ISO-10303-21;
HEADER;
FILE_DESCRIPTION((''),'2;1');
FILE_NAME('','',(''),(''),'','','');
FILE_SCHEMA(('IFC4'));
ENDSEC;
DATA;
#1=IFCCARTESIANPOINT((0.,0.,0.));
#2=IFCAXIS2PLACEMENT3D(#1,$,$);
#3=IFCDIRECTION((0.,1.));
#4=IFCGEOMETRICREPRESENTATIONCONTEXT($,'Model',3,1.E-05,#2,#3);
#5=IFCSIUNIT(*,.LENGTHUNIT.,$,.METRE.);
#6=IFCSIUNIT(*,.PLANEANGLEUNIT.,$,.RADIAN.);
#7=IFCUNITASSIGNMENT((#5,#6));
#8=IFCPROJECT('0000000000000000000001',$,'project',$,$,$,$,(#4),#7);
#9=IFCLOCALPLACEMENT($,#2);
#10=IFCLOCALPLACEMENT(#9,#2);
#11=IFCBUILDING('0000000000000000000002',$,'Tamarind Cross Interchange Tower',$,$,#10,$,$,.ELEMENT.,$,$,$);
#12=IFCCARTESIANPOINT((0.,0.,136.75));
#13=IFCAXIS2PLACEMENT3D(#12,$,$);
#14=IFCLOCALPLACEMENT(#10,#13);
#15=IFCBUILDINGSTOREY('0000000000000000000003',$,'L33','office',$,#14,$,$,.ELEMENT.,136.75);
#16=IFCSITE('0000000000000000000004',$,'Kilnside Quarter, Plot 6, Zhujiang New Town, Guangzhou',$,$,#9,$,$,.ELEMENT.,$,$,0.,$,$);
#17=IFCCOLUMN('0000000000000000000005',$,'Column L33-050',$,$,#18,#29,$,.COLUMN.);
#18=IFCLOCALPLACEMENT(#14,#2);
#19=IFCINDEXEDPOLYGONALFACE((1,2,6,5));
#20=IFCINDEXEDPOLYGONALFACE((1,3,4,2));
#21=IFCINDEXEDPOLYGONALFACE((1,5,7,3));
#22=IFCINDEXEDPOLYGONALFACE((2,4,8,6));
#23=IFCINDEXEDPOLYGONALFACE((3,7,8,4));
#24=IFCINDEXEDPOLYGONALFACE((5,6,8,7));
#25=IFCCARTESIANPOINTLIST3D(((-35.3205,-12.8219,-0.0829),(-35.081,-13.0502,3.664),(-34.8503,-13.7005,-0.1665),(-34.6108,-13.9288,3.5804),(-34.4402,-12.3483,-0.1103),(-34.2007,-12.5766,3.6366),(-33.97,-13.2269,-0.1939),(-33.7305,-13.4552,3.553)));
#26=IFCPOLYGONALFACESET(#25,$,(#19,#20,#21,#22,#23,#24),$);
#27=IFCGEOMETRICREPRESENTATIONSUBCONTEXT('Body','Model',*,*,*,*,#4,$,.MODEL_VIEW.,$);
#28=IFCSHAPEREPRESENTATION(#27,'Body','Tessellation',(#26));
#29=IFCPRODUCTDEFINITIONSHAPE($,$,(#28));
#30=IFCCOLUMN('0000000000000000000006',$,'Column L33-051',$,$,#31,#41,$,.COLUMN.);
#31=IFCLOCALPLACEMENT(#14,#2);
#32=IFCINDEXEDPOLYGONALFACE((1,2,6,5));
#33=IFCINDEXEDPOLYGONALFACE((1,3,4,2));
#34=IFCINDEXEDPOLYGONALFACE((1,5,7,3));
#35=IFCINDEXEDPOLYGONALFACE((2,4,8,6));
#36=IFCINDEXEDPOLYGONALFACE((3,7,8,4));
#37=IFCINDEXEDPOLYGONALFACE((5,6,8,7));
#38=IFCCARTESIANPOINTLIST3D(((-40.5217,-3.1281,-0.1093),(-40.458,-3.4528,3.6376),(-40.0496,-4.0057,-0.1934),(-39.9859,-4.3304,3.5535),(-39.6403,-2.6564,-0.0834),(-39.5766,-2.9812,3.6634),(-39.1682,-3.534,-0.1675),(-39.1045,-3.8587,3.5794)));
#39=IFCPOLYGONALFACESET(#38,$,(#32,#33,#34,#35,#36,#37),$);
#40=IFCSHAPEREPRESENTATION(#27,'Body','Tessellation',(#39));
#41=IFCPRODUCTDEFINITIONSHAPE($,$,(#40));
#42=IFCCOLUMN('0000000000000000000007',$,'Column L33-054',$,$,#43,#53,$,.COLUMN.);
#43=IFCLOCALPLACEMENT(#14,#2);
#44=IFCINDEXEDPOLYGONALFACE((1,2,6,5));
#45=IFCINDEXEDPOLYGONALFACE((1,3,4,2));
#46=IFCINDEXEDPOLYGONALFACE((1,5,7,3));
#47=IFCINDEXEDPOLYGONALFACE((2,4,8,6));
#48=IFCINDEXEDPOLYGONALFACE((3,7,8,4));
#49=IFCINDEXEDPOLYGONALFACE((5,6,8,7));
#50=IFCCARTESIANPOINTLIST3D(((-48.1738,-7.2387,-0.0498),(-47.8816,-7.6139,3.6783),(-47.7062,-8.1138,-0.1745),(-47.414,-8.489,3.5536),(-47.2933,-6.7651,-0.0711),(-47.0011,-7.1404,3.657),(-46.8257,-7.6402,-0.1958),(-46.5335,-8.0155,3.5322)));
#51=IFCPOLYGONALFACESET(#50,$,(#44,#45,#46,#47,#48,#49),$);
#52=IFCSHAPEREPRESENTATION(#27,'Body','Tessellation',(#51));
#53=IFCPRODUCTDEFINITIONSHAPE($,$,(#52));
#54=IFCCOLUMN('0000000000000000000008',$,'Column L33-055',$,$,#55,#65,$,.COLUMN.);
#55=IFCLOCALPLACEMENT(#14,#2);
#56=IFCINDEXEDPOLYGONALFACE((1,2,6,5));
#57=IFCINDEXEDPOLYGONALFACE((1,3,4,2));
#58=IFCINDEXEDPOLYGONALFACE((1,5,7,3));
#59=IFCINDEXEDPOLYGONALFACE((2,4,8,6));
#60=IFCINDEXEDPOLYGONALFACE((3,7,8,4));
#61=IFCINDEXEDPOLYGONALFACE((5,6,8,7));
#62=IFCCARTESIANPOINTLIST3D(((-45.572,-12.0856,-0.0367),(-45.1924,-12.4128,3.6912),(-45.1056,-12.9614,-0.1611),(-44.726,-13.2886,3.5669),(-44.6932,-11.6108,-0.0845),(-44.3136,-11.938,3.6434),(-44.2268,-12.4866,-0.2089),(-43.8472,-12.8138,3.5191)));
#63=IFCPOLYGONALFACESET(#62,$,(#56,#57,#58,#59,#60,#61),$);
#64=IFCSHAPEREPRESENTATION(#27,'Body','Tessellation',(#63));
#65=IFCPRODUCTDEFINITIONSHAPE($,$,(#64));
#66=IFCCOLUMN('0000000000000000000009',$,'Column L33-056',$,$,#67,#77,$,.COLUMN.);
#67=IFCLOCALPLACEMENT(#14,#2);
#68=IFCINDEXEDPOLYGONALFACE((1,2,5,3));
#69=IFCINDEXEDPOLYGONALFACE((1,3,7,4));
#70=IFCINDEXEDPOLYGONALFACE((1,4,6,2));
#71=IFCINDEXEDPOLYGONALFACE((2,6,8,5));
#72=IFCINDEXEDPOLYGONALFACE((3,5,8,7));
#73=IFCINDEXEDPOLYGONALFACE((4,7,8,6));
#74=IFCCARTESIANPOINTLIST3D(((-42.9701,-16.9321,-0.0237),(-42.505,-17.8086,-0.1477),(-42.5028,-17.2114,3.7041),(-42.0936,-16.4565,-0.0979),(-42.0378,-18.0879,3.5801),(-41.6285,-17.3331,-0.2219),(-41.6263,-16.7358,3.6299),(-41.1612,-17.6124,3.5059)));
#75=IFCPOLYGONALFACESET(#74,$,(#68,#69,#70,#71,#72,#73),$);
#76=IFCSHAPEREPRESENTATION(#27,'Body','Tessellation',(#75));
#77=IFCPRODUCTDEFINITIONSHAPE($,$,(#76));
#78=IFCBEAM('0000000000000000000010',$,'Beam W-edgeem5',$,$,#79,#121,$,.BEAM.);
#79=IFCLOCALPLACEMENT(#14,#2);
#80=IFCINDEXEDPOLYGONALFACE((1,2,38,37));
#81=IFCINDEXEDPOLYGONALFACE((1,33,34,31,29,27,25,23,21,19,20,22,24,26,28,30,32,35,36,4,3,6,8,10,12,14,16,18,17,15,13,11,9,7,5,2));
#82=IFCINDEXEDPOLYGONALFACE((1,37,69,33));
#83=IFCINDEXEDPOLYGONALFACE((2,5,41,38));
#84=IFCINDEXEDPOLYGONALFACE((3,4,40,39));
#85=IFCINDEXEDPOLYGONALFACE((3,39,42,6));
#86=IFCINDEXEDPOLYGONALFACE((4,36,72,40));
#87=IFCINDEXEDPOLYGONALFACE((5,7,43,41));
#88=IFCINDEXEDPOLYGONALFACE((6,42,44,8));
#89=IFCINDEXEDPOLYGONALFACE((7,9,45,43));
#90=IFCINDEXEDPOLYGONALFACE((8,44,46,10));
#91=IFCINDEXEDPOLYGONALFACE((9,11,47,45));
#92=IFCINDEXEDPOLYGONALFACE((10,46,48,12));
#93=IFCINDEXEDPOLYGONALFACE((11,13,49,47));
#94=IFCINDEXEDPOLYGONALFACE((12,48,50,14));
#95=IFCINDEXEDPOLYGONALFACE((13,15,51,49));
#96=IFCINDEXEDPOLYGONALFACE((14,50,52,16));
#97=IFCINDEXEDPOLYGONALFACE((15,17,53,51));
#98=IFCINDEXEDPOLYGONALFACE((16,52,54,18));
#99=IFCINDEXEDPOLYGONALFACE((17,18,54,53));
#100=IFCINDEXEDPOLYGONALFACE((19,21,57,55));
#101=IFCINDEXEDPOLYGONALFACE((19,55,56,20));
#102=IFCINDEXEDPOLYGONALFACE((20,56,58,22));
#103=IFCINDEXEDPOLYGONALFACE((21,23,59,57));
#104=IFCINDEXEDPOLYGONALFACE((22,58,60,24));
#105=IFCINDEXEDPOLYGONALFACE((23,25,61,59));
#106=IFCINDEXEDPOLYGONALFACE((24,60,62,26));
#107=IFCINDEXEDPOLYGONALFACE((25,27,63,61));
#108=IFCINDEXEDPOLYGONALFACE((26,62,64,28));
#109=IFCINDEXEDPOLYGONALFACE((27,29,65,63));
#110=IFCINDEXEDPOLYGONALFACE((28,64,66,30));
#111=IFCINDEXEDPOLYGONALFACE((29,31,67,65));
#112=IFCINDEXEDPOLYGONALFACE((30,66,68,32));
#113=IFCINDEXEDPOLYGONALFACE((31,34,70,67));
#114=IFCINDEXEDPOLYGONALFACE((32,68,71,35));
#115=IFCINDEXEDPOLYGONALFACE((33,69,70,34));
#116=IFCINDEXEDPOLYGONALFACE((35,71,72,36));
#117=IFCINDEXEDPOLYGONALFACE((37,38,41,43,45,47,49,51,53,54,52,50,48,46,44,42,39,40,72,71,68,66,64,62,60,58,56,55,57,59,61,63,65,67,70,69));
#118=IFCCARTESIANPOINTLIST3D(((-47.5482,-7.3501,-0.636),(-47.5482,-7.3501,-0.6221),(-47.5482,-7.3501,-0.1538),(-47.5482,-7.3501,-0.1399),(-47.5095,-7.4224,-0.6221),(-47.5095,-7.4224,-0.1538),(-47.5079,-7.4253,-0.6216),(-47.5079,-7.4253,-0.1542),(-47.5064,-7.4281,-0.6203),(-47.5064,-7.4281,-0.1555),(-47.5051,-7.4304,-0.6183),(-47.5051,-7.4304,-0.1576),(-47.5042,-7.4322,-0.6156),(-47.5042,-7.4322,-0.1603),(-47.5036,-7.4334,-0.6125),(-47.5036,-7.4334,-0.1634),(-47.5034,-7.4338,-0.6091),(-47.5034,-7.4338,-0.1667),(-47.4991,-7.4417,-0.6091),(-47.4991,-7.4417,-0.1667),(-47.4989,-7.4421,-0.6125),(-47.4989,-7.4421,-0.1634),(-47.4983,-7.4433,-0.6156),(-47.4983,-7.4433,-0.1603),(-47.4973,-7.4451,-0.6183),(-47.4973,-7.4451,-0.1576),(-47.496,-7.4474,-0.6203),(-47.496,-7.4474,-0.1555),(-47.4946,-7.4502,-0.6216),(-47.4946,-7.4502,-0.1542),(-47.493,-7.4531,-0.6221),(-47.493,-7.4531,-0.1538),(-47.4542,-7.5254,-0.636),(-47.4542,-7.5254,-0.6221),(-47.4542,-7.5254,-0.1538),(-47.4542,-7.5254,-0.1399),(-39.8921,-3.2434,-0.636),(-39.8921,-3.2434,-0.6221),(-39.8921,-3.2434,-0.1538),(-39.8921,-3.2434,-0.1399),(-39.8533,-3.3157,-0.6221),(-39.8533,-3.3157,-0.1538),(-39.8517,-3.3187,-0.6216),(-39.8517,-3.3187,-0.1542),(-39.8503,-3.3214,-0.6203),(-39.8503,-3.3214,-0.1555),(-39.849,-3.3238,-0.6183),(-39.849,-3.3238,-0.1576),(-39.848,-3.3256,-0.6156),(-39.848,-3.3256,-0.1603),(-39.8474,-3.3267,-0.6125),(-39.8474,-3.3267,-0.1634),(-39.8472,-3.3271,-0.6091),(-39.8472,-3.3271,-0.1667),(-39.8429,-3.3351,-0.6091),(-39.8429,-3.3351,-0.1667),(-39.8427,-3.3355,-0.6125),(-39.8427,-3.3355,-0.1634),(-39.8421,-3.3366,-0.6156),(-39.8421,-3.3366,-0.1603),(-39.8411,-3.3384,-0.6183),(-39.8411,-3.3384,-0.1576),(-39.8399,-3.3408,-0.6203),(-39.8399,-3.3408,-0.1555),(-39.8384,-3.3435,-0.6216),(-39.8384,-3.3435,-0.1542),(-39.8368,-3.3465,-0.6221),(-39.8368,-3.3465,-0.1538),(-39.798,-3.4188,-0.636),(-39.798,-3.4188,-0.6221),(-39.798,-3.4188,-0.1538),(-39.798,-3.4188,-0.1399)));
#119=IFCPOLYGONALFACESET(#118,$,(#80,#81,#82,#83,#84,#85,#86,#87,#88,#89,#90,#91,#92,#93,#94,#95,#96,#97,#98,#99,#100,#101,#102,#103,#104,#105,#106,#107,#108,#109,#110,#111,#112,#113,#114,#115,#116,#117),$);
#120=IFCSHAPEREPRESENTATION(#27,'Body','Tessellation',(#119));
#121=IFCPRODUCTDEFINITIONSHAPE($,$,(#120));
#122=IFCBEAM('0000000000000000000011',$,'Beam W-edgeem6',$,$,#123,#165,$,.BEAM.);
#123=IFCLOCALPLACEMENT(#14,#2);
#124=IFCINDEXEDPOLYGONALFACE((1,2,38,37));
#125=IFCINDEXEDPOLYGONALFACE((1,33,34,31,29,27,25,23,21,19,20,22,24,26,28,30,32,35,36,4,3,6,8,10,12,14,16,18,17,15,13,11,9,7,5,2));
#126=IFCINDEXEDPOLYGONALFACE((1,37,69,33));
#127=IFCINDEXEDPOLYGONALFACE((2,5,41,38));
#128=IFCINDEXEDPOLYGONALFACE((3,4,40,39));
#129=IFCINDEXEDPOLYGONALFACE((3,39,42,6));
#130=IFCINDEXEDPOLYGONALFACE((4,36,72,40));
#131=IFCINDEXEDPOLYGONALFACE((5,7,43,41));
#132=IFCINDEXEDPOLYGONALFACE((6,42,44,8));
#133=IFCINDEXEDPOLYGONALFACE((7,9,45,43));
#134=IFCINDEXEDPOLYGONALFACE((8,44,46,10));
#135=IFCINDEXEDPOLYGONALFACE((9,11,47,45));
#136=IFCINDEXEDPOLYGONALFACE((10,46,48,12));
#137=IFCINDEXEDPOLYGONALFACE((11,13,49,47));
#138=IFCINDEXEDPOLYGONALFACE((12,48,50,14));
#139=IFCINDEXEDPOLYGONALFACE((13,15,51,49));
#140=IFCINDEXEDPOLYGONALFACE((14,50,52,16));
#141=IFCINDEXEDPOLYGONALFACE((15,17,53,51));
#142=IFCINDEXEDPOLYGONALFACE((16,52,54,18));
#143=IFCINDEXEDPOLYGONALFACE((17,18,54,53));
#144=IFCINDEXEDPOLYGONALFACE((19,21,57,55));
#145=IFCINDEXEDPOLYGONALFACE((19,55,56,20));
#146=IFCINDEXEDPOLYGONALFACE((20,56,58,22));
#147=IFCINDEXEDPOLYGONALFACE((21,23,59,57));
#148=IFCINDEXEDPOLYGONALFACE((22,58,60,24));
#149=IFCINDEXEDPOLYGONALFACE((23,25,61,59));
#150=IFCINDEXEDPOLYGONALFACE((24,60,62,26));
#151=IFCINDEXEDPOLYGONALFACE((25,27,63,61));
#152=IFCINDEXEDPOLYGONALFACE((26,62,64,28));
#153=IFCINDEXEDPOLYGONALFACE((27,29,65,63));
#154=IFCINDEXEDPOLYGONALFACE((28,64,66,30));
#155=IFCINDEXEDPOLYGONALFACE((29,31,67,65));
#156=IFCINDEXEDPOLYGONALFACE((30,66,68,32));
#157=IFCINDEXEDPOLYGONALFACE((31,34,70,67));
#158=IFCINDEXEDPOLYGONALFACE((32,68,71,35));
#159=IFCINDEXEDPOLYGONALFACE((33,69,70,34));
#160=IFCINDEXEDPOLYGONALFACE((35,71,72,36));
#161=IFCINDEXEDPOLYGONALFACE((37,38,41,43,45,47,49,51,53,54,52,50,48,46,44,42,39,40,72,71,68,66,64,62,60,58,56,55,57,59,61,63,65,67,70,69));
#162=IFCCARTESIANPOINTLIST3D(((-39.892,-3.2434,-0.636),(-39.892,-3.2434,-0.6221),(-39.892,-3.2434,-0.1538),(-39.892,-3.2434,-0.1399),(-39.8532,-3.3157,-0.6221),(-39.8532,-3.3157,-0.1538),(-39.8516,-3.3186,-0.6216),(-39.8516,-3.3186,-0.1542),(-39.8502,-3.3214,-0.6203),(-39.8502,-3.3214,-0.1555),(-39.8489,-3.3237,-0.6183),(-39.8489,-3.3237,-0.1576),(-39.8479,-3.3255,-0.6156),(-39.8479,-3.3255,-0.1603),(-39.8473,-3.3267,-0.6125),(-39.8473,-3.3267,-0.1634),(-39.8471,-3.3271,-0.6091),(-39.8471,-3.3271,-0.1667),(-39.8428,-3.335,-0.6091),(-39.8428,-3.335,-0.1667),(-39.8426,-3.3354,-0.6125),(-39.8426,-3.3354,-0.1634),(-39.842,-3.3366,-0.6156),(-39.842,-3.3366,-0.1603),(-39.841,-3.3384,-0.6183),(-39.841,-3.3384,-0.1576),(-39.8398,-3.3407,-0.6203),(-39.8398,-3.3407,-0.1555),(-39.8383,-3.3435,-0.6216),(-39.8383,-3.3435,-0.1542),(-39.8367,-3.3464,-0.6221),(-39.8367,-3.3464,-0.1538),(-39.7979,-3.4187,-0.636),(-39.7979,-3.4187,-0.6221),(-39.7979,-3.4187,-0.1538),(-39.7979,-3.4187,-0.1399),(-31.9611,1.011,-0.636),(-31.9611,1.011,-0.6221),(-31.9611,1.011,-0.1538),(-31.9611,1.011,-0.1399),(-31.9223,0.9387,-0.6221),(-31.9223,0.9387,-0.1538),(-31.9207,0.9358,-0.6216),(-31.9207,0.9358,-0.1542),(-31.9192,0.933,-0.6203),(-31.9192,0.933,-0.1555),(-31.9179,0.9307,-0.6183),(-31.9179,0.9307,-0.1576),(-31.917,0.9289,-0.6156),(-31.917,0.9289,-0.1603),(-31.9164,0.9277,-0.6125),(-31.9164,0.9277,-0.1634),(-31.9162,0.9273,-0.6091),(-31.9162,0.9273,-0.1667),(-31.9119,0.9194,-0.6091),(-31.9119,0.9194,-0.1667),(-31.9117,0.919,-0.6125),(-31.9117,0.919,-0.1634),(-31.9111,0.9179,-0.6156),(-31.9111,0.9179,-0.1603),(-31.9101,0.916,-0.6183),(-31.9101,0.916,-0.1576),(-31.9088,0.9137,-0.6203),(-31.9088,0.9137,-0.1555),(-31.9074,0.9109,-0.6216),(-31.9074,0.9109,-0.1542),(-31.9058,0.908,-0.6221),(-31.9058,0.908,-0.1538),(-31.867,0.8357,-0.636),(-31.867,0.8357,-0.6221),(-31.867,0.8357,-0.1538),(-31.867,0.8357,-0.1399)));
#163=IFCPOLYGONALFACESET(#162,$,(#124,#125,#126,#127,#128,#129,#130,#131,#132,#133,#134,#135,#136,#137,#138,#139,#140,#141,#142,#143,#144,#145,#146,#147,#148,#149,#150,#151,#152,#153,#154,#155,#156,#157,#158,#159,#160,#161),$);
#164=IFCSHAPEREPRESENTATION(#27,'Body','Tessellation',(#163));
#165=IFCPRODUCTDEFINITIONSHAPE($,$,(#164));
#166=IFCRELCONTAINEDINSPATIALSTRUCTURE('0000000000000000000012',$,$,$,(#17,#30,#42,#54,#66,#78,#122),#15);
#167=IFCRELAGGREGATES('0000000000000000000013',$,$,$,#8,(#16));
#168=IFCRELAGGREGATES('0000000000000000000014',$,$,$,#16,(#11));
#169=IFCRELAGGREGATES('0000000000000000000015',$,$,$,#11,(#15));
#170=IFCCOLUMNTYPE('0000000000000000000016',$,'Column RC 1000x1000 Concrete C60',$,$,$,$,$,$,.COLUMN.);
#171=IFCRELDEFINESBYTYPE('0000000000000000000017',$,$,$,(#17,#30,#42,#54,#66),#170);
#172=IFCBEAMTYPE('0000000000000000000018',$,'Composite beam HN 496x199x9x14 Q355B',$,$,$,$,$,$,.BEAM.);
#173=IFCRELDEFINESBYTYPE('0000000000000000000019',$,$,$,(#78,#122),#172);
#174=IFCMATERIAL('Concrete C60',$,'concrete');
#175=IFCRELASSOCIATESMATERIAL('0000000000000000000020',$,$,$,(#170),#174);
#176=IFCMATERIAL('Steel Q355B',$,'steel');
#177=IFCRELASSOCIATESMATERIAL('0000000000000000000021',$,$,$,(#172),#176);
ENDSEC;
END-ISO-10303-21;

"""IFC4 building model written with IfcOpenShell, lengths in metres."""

from ifc_helpers import new_model, si_unit, direction, frame, origin, origin_2d, place, context, subcontext, project, spatial, rectangle, i_section, extrude, material, material_profile, profile_set, type_object, element, save


model = new_model("IFC4")

# Units and contexts
model_context = context("Model", 3, precision=1e-05, world=origin(), true_north=direction((0.0, 1.0)))
body_context = subcontext(model_context, "Body", "Model", "MODEL_VIEW")
ifc_project = project(units=[si_unit("LENGTHUNIT", "METRE"), si_unit("PLANEANGLEUNIT", "RADIAN")], contexts=[model_context])

# Site, building, storey
site_placement = place(None, origin())
site = spatial("IfcSite", under=ifc_project, at=site_placement, Name="Kilnside Quarter, Plot 6, Zhujiang New Town, Guangzhou", CompositionType="ELEMENT", RefElevation=0.0)
building_placement = place(site_placement, origin())
building = spatial("IfcBuilding", under=site, at=building_placement, Name="Tamarind Cross Interchange Tower", CompositionType="ELEMENT")
storey_placement = place(building_placement, frame((0.0, 0.0, 136.75)))
storey = spatial("IfcBuildingStorey", under=building, at=storey_placement, Name="L33", Description="office", CompositionType="ELEMENT", Elevation=136.75)

# Columns
ifc_material_1 = material(Name="Concrete C60", Category="concrete")
ifc_material_profile_1 = material_profile(ifc_material_1, rectangle(XDim=1.0, YDim=1.0, at=origin_2d()), Name="RC 1000x1000")
ifc_profile_set_1 = profile_set([ifc_material_profile_1], Name="Concrete C60")
column_type = type_object("IfcColumnType", Name="Column RC 1000x1000 Concrete C60", PredefinedType="COLUMN", material=ifc_profile_set_1)
for number, where, z_axis, x_axis, name in (
    (1, (-34.6453, -13.0244, -0.1384), (0.063674, -0.060688, 0.996124), (-0.470138, 0.878627, 0.083581), "Column L33-050"),
    (2, (-39.845, -3.3311, -0.1384), (0.016941, -0.086326, 0.996123), (0.881385, 0.471688, 0.025888), "Column L33-051"),
):
    element("IfcColumn", number, at=place(storey_placement, frame(where, z_axis=z_axis, x_axis=x_axis)), inside=storey, type_object=column_type, Name=name, PredefinedType="COLUMN", context=body_context, shape_type="SweptSolid", body=[
        extrude(rectangle(XDim=1.0, YDim=1.0, at=origin_2d()), origin(), (0.0, 0.0, 1.0), 3.7615),
    ])
column_1_placement = place(storey_placement, frame((-47.4998, -7.4395, -0.1228), z_axis=(0.077759, -0.099846, 0.99196), x_axis=(-0.467614, 0.875087, 0.124738)))
element("IfcColumn", 3, at=column_1_placement, inside=storey, type_object=column_type, Name="Column L33-054", PredefinedType="COLUMN", context=body_context, shape_type="SweptSolid", body=[
    extrude(rectangle(XDim=1.0, YDim=1.0, at=origin_2d()), origin(), (0.0, 0.0, 1.0), 3.7583),
])
column_2_placement = place(storey_placement, frame((-44.8994, -12.2861, -0.1228), z_axis=(0.100926, -0.086971, 0.991085), x_axis=(-0.466388, 0.875796, 0.124348)))
element("IfcColumn", 4, at=column_2_placement, inside=storey, type_object=column_type, Name="Column L33-055", PredefinedType="COLUMN", context=body_context, shape_type="SweptSolid", body=[
    extrude(rectangle(XDim=1.0, YDim=1.0, at=origin_2d()), origin(), (0.0, 0.0, 1.0), 3.7615),
])
column_3_placement = place(storey_placement, frame((-42.2993, -17.1326, -0.1228), z_axis=(0.124036, -0.074137, 0.989504), x_axis=(-0.465079, 0.876546, 0.123972)))
element("IfcColumn", 5, at=column_3_placement, inside=storey, type_object=column_type, Name="Column L33-056", PredefinedType="COLUMN", context=body_context, shape_type="SweptSolid", body=[
    extrude(rectangle(XDim=1.0, YDim=1.0, at=origin_2d()), origin(), (0.0, 0.0, 1.0), 3.7673),
])

# Beams
ifc_material_2 = material(Name="Steel Q355B", Category="steel")
ifc_material_profile_2 = material_profile(ifc_material_2, i_section(OverallWidth=0.199, OverallDepth=0.4961, WebThickness=0.009, FlangeThickness=0.0139, FilletRadius=0.0129, at=origin_2d()), Name="HN 496x199x9x14")
ifc_profile_set_2 = profile_set([ifc_material_profile_2], Name="Steel Q355B")
beam_type_1 = type_object("IfcBeamType", Name="Composite beam HN 496x199x9x14 Q355B", PredefinedType="BEAM", material=ifc_profile_set_2)
beam_1_placement = place(storey_placement, frame((-47.5012, -7.4377, -0.3879), z_axis=(0.881234, 0.47268, 0.0), x_axis=(-0.47268, 0.881234, 0.0)))
element("IfcBeam", 6, at=beam_1_placement, inside=storey, type_object=beam_type_1, Name="Beam W-edgeem5", PredefinedType="BEAM", context=body_context, shape_type="SweptSolid", body=[
    extrude(i_section(OverallWidth=0.199, OverallDepth=0.4961, WebThickness=0.009, FlangeThickness=0.0139, FilletRadius=0.0129, at=origin_2d()), origin(), (0.0, 0.0, 1.0), 8.688),
])
beam_2_placement = place(storey_placement, frame((-39.845, -3.3311, -0.3879), z_axis=(0.881216, 0.472713, 0.0), x_axis=(-0.472713, 0.881216, 0.0)))
element("IfcBeam", 7, at=beam_2_placement, inside=storey, type_object=beam_type_1, Name="Beam W-edgeem6", PredefinedType="BEAM", context=body_context, shape_type="SweptSolid", body=[
    extrude(i_section(OverallWidth=0.199, OverallDepth=0.4961, WebThickness=0.009, FlangeThickness=0.0139, FilletRadius=0.0129, at=origin_2d()), origin(), (0.0, 0.0, 1.0), 9.0),
])

save(model, "model.ifc")
